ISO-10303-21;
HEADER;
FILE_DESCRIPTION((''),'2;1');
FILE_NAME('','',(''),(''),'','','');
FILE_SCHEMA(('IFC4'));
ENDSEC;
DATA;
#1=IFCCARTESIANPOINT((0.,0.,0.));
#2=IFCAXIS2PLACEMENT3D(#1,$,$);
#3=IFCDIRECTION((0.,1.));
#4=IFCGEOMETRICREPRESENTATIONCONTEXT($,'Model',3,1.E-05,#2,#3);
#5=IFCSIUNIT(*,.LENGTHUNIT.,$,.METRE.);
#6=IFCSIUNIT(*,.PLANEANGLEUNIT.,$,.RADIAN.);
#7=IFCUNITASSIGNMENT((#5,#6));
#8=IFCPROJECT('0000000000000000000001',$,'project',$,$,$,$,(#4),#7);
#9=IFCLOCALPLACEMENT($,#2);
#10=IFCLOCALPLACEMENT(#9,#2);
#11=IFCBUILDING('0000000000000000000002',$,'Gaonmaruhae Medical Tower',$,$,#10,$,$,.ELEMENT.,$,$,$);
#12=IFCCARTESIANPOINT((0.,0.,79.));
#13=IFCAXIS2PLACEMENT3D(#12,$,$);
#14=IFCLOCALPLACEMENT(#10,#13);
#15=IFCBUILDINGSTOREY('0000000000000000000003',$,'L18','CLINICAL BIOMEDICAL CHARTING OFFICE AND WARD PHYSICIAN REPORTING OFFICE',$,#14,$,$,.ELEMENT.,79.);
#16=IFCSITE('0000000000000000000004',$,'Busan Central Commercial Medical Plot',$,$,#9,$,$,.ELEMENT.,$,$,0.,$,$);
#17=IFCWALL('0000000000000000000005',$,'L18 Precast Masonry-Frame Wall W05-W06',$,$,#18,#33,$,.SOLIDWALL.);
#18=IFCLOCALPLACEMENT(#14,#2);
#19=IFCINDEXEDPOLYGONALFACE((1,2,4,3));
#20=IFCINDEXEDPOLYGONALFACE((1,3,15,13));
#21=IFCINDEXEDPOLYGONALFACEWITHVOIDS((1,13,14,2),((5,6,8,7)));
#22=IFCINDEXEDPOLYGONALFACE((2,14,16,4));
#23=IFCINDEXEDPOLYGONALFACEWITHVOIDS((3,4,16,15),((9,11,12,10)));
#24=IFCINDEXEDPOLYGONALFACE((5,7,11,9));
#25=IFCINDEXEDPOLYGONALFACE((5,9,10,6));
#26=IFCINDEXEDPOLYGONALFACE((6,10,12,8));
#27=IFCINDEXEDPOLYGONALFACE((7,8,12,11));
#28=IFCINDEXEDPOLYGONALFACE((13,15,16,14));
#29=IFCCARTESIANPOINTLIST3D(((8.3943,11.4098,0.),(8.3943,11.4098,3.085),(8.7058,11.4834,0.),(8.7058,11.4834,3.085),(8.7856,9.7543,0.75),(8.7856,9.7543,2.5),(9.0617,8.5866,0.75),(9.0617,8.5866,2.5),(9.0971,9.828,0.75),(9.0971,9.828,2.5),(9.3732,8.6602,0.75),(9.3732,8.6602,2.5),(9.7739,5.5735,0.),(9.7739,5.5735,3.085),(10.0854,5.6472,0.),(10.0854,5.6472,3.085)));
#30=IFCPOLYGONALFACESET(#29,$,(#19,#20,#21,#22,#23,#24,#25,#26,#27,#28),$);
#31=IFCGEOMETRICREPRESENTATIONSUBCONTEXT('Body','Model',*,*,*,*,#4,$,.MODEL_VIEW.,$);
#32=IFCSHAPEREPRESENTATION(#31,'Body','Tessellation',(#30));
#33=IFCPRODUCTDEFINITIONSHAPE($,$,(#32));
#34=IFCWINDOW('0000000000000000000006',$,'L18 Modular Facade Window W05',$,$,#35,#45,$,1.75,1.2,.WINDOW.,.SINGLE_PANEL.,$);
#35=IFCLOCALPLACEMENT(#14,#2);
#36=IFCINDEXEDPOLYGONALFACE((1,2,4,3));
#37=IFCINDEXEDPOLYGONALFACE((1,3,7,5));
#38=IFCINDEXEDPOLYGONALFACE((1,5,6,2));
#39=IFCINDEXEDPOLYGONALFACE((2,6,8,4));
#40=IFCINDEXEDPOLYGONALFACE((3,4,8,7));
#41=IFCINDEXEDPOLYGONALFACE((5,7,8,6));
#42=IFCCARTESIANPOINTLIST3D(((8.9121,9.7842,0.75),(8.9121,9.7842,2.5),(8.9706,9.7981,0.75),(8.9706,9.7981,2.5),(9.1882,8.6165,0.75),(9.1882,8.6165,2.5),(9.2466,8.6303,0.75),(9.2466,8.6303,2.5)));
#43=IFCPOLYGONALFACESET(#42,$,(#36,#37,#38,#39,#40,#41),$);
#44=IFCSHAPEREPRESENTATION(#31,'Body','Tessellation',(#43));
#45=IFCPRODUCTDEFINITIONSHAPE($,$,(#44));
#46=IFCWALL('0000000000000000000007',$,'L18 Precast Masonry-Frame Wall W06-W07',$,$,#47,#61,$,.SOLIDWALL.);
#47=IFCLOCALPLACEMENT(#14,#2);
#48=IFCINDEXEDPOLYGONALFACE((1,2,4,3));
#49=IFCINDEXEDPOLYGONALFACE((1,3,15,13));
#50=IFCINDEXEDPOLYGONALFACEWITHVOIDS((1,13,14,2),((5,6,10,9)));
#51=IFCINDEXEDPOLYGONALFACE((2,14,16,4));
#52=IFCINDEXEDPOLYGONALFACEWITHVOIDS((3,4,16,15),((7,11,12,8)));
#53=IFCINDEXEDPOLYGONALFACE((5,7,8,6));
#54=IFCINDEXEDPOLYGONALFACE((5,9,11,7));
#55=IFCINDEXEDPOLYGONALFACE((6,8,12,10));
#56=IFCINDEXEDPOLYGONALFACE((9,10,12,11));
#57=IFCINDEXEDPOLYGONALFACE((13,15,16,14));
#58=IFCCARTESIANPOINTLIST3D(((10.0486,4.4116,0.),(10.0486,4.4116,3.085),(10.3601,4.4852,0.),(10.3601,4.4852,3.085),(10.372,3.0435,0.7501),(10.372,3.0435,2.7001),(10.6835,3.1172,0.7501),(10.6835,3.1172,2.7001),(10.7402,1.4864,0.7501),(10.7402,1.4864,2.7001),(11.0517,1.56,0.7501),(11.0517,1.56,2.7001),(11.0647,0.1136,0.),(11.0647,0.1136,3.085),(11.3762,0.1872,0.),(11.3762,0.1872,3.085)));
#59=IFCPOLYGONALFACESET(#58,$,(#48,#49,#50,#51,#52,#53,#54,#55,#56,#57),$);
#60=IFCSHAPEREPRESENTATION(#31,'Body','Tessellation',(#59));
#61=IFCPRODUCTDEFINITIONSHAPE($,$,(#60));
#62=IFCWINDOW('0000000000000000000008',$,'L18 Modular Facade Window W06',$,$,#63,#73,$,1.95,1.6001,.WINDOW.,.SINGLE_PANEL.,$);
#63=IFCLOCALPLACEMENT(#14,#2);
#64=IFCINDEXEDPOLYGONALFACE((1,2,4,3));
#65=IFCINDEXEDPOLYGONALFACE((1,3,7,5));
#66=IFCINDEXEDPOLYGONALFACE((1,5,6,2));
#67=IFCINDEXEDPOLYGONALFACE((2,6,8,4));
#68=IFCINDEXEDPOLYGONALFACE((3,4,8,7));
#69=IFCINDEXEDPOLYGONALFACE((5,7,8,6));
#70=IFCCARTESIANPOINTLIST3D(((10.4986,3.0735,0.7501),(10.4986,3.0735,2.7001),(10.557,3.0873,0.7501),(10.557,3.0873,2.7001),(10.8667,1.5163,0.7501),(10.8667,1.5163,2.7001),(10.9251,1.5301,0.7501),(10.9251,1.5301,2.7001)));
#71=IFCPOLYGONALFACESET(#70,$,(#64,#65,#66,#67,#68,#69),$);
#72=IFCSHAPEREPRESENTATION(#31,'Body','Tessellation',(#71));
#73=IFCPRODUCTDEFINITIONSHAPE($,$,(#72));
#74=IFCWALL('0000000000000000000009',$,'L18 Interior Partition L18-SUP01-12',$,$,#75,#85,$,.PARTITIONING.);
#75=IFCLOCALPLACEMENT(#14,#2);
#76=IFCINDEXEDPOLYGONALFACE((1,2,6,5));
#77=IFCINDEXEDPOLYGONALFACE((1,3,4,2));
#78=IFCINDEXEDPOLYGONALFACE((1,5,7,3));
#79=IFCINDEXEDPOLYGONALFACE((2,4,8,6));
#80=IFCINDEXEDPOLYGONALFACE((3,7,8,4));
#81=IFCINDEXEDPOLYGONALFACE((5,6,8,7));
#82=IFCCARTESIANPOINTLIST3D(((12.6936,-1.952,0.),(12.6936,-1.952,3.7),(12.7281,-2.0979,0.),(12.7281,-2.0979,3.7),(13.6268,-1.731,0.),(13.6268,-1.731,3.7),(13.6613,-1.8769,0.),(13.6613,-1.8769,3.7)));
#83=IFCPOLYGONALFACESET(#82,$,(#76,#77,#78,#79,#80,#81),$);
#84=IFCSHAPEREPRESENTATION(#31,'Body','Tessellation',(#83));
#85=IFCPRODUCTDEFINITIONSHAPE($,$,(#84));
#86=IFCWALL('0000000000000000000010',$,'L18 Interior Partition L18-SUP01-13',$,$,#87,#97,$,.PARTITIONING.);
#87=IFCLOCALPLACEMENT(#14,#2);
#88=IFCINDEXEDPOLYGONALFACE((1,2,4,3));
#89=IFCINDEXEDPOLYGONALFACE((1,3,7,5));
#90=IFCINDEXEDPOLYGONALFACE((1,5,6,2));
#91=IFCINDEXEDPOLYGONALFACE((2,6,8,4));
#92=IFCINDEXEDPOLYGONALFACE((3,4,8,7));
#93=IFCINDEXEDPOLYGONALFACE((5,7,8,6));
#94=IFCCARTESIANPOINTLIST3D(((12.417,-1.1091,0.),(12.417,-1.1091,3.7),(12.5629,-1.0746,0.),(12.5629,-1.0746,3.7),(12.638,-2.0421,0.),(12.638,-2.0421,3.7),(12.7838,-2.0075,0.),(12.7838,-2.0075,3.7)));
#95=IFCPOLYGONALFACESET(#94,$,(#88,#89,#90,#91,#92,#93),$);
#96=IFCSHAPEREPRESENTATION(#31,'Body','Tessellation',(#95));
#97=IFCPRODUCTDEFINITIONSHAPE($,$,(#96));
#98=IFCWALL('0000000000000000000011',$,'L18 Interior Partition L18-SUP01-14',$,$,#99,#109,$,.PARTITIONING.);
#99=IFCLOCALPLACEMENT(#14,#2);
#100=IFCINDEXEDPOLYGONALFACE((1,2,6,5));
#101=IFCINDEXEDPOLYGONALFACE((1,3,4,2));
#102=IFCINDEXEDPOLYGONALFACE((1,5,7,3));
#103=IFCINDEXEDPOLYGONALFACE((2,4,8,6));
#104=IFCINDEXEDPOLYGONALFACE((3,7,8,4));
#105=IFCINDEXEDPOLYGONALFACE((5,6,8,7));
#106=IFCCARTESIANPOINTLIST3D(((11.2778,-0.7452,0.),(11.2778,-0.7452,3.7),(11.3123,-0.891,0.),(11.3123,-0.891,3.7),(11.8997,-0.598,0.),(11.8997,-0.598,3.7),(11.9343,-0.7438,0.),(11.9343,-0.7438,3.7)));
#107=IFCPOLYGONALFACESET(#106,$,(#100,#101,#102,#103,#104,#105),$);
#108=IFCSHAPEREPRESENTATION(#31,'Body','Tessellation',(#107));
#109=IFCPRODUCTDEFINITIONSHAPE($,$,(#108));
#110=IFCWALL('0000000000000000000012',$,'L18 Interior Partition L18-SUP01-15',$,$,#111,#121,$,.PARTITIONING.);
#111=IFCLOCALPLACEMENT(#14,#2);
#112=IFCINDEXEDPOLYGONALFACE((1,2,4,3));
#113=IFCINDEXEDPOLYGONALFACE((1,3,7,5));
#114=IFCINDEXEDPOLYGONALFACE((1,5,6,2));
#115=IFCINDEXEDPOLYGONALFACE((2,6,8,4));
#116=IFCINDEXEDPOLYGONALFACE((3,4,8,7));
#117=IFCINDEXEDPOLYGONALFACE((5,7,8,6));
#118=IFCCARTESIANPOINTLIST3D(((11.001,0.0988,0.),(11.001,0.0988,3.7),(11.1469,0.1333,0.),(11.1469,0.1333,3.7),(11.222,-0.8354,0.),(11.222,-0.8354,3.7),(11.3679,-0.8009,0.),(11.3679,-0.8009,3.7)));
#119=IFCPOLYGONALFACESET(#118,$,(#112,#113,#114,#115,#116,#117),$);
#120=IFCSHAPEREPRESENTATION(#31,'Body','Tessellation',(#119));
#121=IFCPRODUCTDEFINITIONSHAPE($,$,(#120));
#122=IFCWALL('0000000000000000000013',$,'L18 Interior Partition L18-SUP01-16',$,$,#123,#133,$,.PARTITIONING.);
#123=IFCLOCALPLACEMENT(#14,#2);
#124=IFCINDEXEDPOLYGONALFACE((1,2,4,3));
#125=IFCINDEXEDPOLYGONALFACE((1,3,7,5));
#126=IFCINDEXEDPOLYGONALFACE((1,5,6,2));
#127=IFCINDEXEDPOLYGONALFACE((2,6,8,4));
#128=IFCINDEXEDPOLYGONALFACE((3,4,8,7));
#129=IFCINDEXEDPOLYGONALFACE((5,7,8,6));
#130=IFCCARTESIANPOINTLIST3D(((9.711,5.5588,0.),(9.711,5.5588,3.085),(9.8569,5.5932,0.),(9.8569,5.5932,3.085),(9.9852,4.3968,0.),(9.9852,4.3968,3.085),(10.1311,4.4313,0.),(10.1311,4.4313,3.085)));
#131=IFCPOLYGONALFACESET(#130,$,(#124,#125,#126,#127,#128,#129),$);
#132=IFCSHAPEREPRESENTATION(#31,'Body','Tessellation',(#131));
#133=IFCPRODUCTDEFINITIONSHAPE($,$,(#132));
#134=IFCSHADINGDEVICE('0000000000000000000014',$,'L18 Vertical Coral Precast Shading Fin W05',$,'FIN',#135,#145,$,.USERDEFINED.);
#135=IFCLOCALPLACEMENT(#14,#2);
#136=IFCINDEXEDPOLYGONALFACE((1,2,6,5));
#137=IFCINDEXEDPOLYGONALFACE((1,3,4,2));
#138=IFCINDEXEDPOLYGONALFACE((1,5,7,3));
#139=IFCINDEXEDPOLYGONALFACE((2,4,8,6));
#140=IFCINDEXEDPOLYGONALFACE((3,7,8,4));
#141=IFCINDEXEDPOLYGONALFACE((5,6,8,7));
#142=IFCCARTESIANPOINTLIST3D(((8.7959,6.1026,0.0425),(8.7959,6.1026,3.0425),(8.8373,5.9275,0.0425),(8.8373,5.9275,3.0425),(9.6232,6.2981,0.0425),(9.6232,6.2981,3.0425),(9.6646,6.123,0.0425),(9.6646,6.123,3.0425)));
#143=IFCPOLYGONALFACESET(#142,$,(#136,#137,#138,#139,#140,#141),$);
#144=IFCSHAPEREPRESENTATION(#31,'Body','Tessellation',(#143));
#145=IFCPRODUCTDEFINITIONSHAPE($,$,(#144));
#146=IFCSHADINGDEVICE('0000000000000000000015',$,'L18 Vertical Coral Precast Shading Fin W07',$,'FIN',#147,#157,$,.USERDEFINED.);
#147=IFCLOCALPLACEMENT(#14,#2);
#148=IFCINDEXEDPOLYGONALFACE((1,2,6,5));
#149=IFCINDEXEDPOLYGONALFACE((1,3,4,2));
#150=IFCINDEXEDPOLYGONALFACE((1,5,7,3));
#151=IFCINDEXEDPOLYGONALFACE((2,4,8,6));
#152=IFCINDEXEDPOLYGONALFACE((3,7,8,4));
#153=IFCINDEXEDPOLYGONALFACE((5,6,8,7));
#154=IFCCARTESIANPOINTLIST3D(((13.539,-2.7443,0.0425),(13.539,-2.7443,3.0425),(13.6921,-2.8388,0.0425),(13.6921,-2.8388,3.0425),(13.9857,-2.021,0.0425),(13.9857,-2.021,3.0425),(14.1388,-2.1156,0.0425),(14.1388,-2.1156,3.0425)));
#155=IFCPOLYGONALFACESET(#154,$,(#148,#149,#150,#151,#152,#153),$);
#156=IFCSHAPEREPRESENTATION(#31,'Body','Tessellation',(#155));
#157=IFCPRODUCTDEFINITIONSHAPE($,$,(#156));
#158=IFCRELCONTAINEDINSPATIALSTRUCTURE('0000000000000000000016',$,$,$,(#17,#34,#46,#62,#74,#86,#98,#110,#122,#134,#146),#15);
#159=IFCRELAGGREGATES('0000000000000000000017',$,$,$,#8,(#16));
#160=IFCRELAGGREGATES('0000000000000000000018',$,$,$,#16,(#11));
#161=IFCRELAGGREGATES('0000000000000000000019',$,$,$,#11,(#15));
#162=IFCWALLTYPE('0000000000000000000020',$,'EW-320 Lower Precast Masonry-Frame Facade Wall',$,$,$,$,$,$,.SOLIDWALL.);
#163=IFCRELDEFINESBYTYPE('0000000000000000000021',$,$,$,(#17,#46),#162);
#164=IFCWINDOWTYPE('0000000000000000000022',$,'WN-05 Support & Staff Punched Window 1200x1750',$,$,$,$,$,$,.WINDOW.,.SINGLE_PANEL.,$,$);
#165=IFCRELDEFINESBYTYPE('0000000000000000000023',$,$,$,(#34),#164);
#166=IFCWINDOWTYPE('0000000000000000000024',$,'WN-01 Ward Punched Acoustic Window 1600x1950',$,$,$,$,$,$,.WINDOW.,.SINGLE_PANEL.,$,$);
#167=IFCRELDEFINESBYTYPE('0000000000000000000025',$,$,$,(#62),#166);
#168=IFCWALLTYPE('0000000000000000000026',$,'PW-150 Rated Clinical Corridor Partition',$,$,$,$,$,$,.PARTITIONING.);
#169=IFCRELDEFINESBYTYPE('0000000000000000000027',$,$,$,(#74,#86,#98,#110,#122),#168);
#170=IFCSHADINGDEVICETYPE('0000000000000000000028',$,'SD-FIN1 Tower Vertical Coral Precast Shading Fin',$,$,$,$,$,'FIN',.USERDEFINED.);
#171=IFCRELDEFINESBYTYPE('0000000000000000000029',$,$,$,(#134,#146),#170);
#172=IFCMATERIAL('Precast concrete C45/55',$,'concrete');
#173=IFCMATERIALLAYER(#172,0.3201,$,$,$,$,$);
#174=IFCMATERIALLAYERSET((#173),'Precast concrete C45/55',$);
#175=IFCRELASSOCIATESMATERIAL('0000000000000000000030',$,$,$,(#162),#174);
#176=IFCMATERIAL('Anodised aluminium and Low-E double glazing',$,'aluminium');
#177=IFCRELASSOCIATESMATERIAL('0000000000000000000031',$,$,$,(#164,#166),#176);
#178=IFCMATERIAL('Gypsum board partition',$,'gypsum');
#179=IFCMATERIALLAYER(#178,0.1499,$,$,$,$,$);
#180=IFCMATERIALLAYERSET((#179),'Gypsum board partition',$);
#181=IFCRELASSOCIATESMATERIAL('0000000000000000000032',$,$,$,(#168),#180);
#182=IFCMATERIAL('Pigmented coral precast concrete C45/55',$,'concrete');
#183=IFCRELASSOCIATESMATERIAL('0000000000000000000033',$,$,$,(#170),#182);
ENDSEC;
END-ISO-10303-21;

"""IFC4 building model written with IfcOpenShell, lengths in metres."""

from ifc_helpers import new_model, si_unit, direction, frame, frame_2d, origin, origin_2d, place, context, subcontext, project, spatial, rectangle, extrude, material, layer, layer_set, type_object, element, fill, save


model = new_model("IFC4")

# Units and contexts
model_context = context("Model", 3, precision=1e-05, world=origin(), true_north=direction((0.0, 1.0)))
body_context = subcontext(model_context, "Body", "Model", "MODEL_VIEW")
ifc_project = project(units=[si_unit("LENGTHUNIT", "METRE"), si_unit("PLANEANGLEUNIT", "RADIAN")], contexts=[model_context])

# Site, building, storey
site_placement = place(None, origin())
site = spatial("IfcSite", under=ifc_project, at=site_placement, Name="Busan Central Commercial Medical Plot", CompositionType="ELEMENT", RefElevation=0.0)
building_placement = place(site_placement, origin())
building = spatial("IfcBuilding", under=site, at=building_placement, Name="Gaonmaruhae Medical Tower", CompositionType="ELEMENT")
storey_placement = place(building_placement, frame((0.0, 0.0, 79.0)))
storey = spatial("IfcBuildingStorey", under=building, at=storey_placement, Name="L18", Description="CLINICAL BIOMEDICAL CHARTING OFFICE AND WARD PHYSICIAN REPORTING OFFICE", CompositionType="ELEMENT", Elevation=79.0)

# Walls, openings, windows
ifc_material_1 = material(Name="Precast concrete C45/55", Category="concrete")
ifc_layer_1 = layer(ifc_material_1, 0.3201)
ifc_layer_set_1 = layer_set([ifc_layer_1], Name="Precast concrete C45/55")
wall_type_1 = type_object("IfcWallType", Name="EW-320 Lower Precast Masonry-Frame Facade Wall", PredefinedType="SOLIDWALL", material=ifc_layer_set_1)
wall_1_placement = place(storey_placement, frame((9.9297, 5.6104, 0.0), z_axis=(0.0, 0.0, 1.0), x_axis=(-0.230053, 0.973178, 0.0)))
wall_1 = element("IfcWall", 1, at=wall_1_placement, inside=storey, type_object=wall_type_1, Name="L18 Precast Masonry-Frame Wall W05-W06", PredefinedType="SOLIDWALL", context=body_context, shape_type="SweptSolid", body=[
    extrude(rectangle(XDim=5.9971, YDim=0.3201, at=frame_2d((2.9985, 0.0))), origin(), (0.0, 0.0, 1.0), 3.085),
])
opening_1_placement = place(wall_1_placement, frame((3.0959, 0.0, 0.75)))
opening_1 = element("IfcOpeningElement", 2, at=opening_1_placement, cuts=wall_1, PredefinedType="OPENING", context=body_context, shape_type="SweptSolid", body=[
    extrude(rectangle(XDim=1.2, YDim=1.75, at=frame_2d((0.6001, 0.875))), frame((0.0, 0.1699, 0.0), z_axis=(0.0, -1.0, 0.0), x_axis=(1.0, 0.0, 0.0)), (0.0, 0.0, 1.0), 0.3401),
])
ifc_material_2 = material(Name="Anodised aluminium and Low-E double glazing", Category="aluminium")
window_type_1 = type_object("IfcWindowType", Name="WN-05 Support & Staff Punched Window 1200x1750", PartitioningType="SINGLE_PANEL", PredefinedType="WINDOW", material=ifc_material_2)
window_1_placement = place(opening_1_placement, origin())
window_1 = element("IfcWindow", 3, at=window_1_placement, inside=storey, type_object=window_type_1, Name="L18 Modular Facade Window W05", OverallHeight=1.75, OverallWidth=1.2, PartitioningType="SINGLE_PANEL", PredefinedType="WINDOW", context=body_context, shape_type="SweptSolid", body=[
    extrude(rectangle(XDim=1.2, YDim=1.75, at=frame_2d((0.6001, 0.875))), frame((0.0, 0.03, 0.0), z_axis=(0.0, -1.0, 0.0), x_axis=(1.0, 0.0, 0.0)), (0.0, 0.0, 1.0), 0.0601),
])
fill(opening_1, window_1)
wall_2_placement = place(storey_placement, frame((11.2205, 0.1504, 0.0), z_axis=(0.0, 0.0, 1.0), x_axis=(-0.230068, 0.973174, 0.0)))
wall_2 = element("IfcWall", 4, at=wall_2_placement, inside=storey, type_object=wall_type_1, Name="L18 Precast Masonry-Frame Wall W06-W07", PredefinedType="SOLIDWALL", context=body_context, shape_type="SweptSolid", body=[
    extrude(rectangle(XDim=4.4165, YDim=0.3201, at=frame_2d((2.2083, 0.0))), origin(), (0.0, 0.0, 1.0), 3.085),
])
opening_2_placement = place(wall_2_placement, frame((1.4106, 0.0, 0.75)))
opening_2 = element("IfcOpeningElement", 5, at=opening_2_placement, cuts=wall_2, PredefinedType="OPENING", context=body_context, shape_type="SweptSolid", body=[
    extrude(rectangle(XDim=1.6001, YDim=1.95, at=frame_2d((0.8, 0.9751))), frame((0.0, 0.1699, 0.0), z_axis=(0.0, -1.0, 0.0), x_axis=(1.0, 0.0, 0.0)), (0.0, 0.0, 1.0), 0.3401),
])
window_type_2 = type_object("IfcWindowType", Name="WN-01 Ward Punched Acoustic Window 1600x1950", PartitioningType="SINGLE_PANEL", PredefinedType="WINDOW", material=ifc_material_2)
window_2_placement = place(opening_2_placement, origin())
window_2 = element("IfcWindow", 6, at=window_2_placement, inside=storey, type_object=window_type_2, Name="L18 Modular Facade Window W06", OverallHeight=1.95, OverallWidth=1.6001, PartitioningType="SINGLE_PANEL", PredefinedType="WINDOW", context=body_context, shape_type="SweptSolid", body=[
    extrude(rectangle(XDim=1.6001, YDim=1.95, at=frame_2d((0.8, 0.9751))), frame((0.0, 0.03, 0.0), z_axis=(0.0, -1.0, 0.0), x_axis=(1.0, 0.0, 0.0)), (0.0, 0.0, 1.0), 0.0601),
])
fill(opening_2, window_2)

# Walls
ifc_material_3 = material(Name="Gypsum board partition", Category="gypsum")
ifc_layer_2 = layer(ifc_material_3, 0.1499)
ifc_layer_set_2 = layer_set([ifc_layer_2], Name="Gypsum board partition")
wall_type_2 = type_object("IfcWallType", Name="PW-150 Rated Clinical Corridor Partition", PredefinedType="PARTITIONING", material=ifc_layer_set_2)
wall_3_placement = place(storey_placement, frame((13.644, -1.804, 0.0), z_axis=(0.0, 0.0, 1.0), x_axis=(-0.973092, -0.230416, 0.0)))
element("IfcWall", 7, at=wall_3_placement, inside=storey, type_object=wall_type_2, Name="L18 Interior Partition L18-SUP01-12", PredefinedType="PARTITIONING", context=body_context, shape_type="SweptSolid", body=[
    extrude(rectangle(XDim=0.959, YDim=0.1499, at=frame_2d((0.4795, 0.0))), origin(), (0.0, 0.0, 1.0), 3.7),
])
wall_4_placement = place(storey_placement, frame((12.7109, -2.0249, 0.0), z_axis=(0.0, 0.0, 1.0), x_axis=(-0.230473, 0.973079, 0.0)))
element("IfcWall", 8, at=wall_4_placement, inside=storey, type_object=wall_type_2, Name="L18 Interior Partition L18-SUP01-13", PredefinedType="PARTITIONING", context=body_context, shape_type="SweptSolid", body=[
    extrude(rectangle(XDim=0.9587, YDim=0.1499, at=frame_2d((0.4795, 0.0))), origin(), (0.0, 0.0, 1.0), 3.7),
])
wall_5_placement = place(storey_placement, frame((11.917, -0.6709, 0.0), z_axis=(0.0, 0.0, 1.0), x_axis=(-0.973121, -0.230295, 0.0)))
element("IfcWall", 9, at=wall_5_placement, inside=storey, type_object=wall_type_2, Name="L18 Interior Partition L18-SUP01-14", PredefinedType="PARTITIONING", context=body_context, shape_type="SweptSolid", body=[
    extrude(rectangle(XDim=0.6392, YDim=0.1499, at=frame_2d((0.3196, 0.0))), origin(), (0.0, 0.0, 1.0), 3.7),
])
wall_6_placement = place(storey_placement, frame((11.2949, -0.8181, 0.0), z_axis=(0.0, 0.0, 1.0), x_axis=(-0.230188, 0.973146, 0.0)))
element("IfcWall", 10, at=wall_6_placement, inside=storey, type_object=wall_type_2, Name="L18 Interior Partition L18-SUP01-15", PredefinedType="PARTITIONING", context=body_context, shape_type="SweptSolid", body=[
    extrude(rectangle(XDim=0.96, YDim=0.1499, at=frame_2d((0.48, 0.0))), origin(), (0.0, 0.0, 1.0), 3.7),
])
wall_7_placement = place(storey_placement, frame((10.0581, 4.4141, 0.0), z_axis=(0.0, 0.0, 1.0), x_axis=(-0.229666, 0.973269, 0.0)))
element("IfcWall", 11, at=wall_7_placement, inside=storey, type_object=wall_type_2, Name="L18 Interior Partition L18-SUP01-16", PredefinedType="PARTITIONING", context=body_context, shape_type="SweptSolid", body=[
    extrude(rectangle(XDim=1.1938, YDim=0.1499, at=frame_2d((0.5969, 0.0))), origin(), (0.0, 0.0, 1.0), 3.085),
])

# Shading devices
ifc_material_4 = material(Name="Pigmented coral precast concrete C45/55", Category="concrete")
shading_device_type = type_object("IfcShadingDeviceType", Name="SD-FIN1 Tower Vertical Coral Precast Shading Fin", ElementType="FIN", PredefinedType="USERDEFINED", material=ifc_material_4)
for number, where, z_axis, x_axis, name in (
    (12, (9.2302, 6.1128, 0.0425), (0.0, 0.0, 1.0), (-0.23005, 0.973179, 0.0), "L18 Vertical Coral Precast Shading Fin W05"),
    (13, (13.8389, -2.4299, 0.0425), (0.0, 0.0, 1.0), (-0.850811, 0.525472, 0.0), "L18 Vertical Coral Precast Shading Fin W07"),
):
    element("IfcShadingDevice", number, at=place(storey_placement, frame(where, z_axis=z_axis, x_axis=x_axis)), inside=storey, type_object=shading_device_type, Name=name, ObjectType="FIN", PredefinedType="USERDEFINED", context=body_context, shape_type="SweptSolid", body=[
        extrude(rectangle(XDim=0.1799, YDim=0.8501, at=origin_2d()), origin(), (0.0, 0.0, 1.0), 3.0),
    ])

save(model, "model.ifc")
